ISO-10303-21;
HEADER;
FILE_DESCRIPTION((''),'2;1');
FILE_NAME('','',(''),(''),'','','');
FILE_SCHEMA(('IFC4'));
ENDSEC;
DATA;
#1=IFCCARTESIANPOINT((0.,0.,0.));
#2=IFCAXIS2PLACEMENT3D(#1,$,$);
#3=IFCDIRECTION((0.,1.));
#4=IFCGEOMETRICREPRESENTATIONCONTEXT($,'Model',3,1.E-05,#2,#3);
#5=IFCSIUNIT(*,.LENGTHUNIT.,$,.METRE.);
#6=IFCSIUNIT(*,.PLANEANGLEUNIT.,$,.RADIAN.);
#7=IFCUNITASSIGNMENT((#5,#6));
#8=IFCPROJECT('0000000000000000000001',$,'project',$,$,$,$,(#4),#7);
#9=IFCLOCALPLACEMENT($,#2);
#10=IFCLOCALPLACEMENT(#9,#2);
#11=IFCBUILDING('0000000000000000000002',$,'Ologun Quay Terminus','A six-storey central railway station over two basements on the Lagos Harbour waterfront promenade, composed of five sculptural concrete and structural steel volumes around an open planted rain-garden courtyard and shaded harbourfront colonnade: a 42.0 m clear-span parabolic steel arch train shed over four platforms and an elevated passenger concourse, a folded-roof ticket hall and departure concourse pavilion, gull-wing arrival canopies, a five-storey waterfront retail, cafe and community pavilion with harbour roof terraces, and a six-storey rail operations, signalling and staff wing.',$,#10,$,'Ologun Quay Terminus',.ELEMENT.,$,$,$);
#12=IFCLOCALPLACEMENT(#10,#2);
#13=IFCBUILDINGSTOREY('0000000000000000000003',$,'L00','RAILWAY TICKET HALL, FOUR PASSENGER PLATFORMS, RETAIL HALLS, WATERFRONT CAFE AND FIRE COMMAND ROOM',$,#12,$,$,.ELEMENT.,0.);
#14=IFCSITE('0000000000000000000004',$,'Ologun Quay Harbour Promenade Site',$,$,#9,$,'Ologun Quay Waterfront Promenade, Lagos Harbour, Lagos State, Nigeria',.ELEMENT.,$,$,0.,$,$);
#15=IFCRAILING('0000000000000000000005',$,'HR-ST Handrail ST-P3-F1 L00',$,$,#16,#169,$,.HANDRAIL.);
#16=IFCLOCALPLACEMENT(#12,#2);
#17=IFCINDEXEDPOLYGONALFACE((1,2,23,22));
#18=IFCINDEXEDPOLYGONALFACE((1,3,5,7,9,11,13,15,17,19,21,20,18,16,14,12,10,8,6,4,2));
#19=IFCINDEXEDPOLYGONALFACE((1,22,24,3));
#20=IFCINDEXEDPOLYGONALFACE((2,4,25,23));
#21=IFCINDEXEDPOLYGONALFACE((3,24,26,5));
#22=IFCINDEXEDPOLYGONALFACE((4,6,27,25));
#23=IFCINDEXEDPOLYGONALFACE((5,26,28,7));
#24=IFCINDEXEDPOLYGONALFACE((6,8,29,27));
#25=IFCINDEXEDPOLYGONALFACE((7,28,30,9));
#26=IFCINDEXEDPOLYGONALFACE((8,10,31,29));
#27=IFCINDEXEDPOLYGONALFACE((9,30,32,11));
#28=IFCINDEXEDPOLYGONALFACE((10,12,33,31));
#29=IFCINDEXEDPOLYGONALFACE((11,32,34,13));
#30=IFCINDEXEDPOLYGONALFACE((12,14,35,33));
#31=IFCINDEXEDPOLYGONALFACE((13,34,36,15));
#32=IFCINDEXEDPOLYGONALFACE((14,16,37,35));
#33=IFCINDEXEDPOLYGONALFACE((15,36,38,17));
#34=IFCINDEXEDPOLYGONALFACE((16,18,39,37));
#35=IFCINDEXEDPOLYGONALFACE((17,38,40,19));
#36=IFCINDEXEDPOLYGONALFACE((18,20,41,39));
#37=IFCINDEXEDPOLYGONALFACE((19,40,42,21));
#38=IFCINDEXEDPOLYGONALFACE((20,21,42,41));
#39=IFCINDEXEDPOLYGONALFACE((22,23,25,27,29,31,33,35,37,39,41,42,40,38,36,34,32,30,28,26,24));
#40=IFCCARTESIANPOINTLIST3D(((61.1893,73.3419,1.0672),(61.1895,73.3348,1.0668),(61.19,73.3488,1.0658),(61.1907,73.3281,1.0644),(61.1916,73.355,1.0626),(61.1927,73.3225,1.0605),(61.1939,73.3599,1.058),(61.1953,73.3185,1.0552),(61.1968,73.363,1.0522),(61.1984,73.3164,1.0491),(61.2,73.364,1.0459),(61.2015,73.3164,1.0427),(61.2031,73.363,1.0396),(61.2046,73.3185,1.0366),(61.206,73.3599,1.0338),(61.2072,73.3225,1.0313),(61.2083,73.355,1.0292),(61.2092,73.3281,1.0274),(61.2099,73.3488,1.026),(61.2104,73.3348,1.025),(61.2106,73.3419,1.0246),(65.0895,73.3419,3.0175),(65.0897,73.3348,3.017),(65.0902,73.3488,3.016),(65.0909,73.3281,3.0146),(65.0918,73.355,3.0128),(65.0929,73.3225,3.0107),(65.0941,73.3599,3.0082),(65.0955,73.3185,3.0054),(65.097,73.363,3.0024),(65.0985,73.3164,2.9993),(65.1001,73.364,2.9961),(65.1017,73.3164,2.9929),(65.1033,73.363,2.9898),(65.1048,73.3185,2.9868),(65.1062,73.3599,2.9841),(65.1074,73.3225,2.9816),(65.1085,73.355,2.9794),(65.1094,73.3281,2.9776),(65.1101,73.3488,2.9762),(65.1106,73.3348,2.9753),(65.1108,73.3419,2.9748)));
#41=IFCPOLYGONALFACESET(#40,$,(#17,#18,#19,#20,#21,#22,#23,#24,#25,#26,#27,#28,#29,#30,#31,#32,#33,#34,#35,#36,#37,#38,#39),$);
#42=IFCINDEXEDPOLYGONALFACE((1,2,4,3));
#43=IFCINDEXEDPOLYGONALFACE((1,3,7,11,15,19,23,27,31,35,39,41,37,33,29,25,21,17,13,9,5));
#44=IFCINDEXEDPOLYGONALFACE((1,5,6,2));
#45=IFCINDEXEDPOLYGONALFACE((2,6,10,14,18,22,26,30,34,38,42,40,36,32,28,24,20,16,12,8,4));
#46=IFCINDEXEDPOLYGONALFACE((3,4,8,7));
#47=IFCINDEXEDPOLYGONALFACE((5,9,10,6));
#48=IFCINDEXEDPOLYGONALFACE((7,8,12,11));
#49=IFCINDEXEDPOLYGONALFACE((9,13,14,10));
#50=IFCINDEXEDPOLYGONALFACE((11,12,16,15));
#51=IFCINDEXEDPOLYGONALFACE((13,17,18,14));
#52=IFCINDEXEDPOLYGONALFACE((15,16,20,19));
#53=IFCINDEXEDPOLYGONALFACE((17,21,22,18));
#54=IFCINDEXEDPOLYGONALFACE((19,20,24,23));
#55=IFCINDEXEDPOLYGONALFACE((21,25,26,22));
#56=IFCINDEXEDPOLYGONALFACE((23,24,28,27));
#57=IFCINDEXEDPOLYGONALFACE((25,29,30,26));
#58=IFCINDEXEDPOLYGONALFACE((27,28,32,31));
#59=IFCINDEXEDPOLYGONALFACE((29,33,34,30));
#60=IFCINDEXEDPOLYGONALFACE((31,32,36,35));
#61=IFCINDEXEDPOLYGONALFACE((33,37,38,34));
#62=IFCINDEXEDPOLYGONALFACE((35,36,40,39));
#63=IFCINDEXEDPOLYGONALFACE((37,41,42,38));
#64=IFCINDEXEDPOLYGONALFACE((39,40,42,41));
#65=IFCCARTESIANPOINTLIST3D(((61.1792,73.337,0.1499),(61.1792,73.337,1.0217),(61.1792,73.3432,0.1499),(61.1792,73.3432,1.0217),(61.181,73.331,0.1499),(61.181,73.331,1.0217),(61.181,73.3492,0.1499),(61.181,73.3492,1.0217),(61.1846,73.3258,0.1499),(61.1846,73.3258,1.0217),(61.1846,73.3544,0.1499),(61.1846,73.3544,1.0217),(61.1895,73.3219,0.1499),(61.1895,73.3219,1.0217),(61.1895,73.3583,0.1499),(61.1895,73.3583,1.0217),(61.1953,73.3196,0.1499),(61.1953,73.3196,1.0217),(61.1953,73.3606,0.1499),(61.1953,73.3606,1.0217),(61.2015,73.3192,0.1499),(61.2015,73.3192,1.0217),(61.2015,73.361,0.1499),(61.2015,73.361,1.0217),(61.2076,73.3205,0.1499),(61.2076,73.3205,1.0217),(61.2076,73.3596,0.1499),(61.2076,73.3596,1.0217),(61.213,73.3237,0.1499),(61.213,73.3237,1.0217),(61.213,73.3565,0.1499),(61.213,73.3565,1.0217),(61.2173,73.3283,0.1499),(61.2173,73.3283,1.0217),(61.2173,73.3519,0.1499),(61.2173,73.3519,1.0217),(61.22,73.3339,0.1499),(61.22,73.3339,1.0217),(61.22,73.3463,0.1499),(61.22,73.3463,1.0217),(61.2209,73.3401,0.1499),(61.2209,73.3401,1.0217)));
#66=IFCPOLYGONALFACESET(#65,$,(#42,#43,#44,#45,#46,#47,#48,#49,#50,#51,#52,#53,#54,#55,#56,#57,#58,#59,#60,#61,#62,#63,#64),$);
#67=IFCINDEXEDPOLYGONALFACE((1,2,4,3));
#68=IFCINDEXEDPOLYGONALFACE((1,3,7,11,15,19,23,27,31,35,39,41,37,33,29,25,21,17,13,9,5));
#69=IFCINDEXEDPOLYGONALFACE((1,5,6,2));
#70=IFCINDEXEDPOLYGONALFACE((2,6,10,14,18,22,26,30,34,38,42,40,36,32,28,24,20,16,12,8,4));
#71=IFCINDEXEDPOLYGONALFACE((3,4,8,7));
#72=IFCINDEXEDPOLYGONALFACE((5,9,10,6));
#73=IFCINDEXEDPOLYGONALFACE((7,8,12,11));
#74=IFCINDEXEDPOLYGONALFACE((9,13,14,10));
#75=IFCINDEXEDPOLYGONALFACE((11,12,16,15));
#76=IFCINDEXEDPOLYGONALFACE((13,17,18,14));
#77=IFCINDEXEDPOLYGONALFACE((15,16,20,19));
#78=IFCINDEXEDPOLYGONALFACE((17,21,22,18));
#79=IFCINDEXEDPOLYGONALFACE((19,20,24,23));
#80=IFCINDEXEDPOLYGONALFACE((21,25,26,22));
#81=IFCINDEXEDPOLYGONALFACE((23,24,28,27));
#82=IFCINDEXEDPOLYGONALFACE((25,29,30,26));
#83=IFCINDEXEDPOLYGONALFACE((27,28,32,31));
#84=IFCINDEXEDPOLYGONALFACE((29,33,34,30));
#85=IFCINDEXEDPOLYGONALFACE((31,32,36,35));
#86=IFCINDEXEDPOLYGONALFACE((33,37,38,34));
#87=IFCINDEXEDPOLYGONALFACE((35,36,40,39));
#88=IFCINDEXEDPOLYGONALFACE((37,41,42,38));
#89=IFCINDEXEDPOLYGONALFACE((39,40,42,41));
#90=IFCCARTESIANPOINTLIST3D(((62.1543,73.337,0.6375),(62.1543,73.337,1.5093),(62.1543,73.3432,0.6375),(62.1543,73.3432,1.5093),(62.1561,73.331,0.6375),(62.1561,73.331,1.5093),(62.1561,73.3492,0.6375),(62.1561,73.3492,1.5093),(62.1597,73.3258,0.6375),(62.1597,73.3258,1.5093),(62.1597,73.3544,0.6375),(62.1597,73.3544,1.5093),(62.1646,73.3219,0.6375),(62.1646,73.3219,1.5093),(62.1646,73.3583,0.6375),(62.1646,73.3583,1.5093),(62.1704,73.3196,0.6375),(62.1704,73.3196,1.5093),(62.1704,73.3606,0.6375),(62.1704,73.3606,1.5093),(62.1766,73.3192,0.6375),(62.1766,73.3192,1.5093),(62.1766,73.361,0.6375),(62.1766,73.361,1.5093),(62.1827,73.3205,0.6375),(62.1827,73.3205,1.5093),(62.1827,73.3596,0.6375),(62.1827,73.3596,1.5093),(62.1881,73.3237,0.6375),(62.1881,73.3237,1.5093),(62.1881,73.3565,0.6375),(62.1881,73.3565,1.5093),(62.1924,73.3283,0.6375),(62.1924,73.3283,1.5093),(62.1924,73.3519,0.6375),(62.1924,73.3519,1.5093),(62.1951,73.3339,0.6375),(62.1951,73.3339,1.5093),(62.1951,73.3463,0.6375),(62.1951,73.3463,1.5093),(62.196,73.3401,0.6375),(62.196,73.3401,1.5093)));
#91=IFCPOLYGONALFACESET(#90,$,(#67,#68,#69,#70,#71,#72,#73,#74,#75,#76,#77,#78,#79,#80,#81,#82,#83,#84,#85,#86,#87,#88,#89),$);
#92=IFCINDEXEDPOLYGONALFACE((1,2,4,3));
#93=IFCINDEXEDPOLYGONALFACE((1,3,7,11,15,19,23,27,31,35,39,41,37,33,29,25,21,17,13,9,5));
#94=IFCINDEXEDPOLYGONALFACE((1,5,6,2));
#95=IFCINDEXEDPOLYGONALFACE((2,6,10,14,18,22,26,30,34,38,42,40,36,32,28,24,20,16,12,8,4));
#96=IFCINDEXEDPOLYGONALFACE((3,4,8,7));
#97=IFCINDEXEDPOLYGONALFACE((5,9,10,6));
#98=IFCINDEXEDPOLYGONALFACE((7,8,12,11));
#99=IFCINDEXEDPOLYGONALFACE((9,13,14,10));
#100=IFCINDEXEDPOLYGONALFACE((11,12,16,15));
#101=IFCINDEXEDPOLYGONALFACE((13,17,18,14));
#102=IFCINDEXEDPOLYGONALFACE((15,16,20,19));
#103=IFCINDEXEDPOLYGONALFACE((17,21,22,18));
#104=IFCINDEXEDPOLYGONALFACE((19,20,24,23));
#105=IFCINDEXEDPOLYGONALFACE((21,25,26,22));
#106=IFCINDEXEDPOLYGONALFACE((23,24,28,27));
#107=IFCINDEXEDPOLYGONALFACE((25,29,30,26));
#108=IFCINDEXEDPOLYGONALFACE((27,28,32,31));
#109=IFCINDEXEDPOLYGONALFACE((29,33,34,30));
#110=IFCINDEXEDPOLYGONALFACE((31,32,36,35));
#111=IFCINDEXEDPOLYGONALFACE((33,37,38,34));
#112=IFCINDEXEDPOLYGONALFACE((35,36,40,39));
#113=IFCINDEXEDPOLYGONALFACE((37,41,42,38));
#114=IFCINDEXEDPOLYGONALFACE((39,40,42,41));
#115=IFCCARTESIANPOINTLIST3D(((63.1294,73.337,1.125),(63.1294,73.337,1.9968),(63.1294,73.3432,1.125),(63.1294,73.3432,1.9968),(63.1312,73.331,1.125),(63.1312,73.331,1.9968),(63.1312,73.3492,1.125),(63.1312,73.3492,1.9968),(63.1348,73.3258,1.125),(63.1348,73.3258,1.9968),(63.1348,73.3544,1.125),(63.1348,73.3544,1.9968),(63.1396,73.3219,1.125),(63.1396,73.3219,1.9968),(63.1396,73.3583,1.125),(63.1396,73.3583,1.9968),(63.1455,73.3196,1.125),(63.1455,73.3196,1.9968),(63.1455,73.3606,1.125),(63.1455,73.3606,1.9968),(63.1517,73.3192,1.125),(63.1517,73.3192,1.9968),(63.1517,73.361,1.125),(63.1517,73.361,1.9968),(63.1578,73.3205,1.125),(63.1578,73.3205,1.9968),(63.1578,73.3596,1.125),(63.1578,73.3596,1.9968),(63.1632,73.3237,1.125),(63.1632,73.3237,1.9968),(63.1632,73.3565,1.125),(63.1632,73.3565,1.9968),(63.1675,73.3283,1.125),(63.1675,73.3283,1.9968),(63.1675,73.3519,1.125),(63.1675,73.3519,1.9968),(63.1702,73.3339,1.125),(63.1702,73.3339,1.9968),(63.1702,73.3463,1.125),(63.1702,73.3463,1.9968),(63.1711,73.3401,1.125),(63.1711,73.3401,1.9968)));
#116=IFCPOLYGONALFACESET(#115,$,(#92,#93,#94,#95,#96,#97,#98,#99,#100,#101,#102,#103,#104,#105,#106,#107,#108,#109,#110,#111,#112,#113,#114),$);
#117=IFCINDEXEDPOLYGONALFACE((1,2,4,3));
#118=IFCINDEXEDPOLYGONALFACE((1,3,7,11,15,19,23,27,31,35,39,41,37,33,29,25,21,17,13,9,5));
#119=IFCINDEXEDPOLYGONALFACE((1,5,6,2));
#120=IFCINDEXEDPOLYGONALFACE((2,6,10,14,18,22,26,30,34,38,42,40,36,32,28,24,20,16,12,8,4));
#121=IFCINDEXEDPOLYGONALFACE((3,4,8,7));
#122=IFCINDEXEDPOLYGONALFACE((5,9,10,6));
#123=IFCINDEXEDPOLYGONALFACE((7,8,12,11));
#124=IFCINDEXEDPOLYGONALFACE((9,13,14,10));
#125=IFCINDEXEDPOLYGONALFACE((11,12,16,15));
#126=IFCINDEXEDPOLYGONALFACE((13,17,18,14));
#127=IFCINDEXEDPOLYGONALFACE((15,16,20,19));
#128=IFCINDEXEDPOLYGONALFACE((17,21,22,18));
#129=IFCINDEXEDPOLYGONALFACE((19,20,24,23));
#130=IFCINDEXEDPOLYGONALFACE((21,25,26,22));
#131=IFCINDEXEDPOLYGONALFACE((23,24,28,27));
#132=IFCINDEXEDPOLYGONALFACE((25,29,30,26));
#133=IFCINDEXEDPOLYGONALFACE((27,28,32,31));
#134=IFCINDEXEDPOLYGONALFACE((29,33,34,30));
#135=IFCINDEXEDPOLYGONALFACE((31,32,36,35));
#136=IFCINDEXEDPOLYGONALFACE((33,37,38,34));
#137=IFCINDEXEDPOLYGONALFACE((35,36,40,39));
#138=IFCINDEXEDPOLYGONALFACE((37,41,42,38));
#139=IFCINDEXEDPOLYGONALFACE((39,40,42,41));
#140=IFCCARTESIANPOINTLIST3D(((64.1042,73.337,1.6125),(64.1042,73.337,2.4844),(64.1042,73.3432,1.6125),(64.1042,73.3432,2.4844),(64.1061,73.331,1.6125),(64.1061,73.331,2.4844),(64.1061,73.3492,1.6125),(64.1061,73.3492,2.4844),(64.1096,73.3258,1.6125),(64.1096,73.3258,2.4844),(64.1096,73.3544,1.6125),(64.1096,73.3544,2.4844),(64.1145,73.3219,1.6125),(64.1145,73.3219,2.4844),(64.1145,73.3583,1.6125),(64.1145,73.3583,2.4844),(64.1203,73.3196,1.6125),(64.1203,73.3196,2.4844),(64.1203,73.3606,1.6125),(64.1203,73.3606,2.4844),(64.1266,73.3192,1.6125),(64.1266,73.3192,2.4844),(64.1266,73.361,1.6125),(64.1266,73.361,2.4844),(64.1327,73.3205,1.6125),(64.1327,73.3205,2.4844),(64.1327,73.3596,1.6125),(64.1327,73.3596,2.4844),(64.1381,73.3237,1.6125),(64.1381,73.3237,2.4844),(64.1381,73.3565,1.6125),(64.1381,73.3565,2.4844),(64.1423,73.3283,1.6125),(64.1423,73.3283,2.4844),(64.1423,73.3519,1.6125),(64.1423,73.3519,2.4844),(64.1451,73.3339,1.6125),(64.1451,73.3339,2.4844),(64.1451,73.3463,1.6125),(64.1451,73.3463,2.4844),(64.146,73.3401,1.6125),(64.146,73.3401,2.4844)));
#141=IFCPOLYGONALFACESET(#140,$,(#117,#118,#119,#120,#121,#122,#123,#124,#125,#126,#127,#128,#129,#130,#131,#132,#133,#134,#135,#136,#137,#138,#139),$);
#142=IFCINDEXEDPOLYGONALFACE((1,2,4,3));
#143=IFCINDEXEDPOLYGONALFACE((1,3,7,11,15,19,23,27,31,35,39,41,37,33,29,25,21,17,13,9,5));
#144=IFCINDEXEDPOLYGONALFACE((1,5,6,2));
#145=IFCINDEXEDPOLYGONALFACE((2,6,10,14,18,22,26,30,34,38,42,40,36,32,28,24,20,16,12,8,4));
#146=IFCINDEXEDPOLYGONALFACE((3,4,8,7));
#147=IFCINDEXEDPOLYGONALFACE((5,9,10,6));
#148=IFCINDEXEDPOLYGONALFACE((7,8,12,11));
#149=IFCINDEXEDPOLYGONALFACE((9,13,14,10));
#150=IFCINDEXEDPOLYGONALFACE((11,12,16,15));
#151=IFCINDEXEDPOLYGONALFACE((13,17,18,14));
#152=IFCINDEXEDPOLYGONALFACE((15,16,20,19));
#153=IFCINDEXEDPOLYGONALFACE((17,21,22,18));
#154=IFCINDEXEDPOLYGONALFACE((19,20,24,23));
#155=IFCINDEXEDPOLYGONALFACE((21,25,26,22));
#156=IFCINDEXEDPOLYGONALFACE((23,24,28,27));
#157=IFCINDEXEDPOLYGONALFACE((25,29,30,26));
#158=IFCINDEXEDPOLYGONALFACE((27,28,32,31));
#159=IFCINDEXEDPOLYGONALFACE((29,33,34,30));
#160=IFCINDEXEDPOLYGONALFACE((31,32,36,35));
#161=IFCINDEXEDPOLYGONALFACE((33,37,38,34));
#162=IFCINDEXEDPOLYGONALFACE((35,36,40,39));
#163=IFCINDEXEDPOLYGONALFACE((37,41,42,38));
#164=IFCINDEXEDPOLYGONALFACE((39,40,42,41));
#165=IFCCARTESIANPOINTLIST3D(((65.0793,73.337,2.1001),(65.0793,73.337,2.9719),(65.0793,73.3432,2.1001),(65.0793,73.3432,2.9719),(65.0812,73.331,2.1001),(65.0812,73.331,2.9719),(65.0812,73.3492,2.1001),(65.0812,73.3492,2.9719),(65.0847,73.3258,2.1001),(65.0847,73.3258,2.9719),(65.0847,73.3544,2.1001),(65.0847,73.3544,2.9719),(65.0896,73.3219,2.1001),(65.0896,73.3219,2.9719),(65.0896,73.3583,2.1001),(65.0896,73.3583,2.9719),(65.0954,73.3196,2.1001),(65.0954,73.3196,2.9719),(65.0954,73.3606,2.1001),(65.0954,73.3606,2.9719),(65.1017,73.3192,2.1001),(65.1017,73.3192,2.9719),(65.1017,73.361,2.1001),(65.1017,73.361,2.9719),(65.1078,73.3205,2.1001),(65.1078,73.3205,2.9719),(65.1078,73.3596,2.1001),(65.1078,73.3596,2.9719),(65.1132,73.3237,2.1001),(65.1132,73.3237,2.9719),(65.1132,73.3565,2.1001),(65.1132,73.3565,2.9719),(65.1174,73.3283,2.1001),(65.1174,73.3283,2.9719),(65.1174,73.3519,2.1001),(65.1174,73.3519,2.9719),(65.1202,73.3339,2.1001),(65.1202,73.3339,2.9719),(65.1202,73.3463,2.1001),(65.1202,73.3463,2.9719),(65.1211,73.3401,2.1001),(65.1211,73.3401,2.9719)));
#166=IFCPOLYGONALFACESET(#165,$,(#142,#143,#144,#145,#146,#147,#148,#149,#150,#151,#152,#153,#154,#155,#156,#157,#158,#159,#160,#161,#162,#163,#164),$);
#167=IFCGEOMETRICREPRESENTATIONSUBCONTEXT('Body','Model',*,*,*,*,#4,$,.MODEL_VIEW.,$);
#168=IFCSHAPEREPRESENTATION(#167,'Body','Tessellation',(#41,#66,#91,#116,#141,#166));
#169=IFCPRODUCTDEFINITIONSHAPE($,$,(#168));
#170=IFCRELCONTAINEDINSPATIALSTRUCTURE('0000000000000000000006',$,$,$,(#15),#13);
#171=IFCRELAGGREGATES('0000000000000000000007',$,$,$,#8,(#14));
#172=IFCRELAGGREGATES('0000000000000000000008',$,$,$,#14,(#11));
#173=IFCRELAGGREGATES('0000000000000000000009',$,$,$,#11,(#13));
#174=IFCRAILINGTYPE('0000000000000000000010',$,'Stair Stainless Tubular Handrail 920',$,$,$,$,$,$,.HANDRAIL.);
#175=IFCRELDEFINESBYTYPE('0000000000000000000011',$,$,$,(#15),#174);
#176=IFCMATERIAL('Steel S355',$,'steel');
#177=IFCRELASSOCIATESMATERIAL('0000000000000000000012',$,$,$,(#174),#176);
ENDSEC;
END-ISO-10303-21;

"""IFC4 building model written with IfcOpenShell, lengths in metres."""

from ifc_helpers import new_model, si_unit, direction, frame, origin, origin_2d, place, context, subcontext, project, spatial, circle, extrude, material, type_object, element, save


model = new_model("IFC4")

# Units and contexts
model_context = context("Model", 3, precision=1e-05, world=origin(), true_north=direction((0.0, 1.0)))
body_context = subcontext(model_context, "Body", "Model", "MODEL_VIEW")
ifc_project = project(units=[si_unit("LENGTHUNIT", "METRE"), si_unit("PLANEANGLEUNIT", "RADIAN")], contexts=[model_context])

# Site, building, storey
site_placement = place(None, origin())
site = spatial("IfcSite", under=ifc_project, at=site_placement, Name="Ologun Quay Harbour Promenade Site", LongName="Ologun Quay Waterfront Promenade, Lagos Harbour, Lagos State, Nigeria", CompositionType="ELEMENT", RefElevation=0.0)
building_placement = place(site_placement, origin())
building = spatial("IfcBuilding", under=site, at=building_placement, Name="Ologun Quay Terminus", Description="A six-storey central railway station over two basements on the Lagos Harbour waterfront promenade, composed of five sculptural concrete and structural steel volumes around an open planted rain-garden courtyard and shaded harbourfront colonnade: a 42.0 m clear-span parabolic steel arch train shed over four platforms and an elevated passenger concourse, a folded-roof ticket hall and departure concourse pavilion, gull-wing arrival canopies, a five-storey waterfront retail, cafe and community pavilion with harbour roof terraces, and a six-storey rail operations, signalling and staff wing.", LongName="Ologun Quay Terminus", CompositionType="ELEMENT")
storey_placement = place(building_placement, origin())
storey = spatial("IfcBuildingStorey", under=building, at=storey_placement, Name="L00", Description="RAILWAY TICKET HALL, FOUR PASSENGER PLATFORMS, RETAIL HALLS, WATERFRONT CAFE AND FIRE COMMAND ROOM", CompositionType="ELEMENT", Elevation=0.0)

# Railing
ifc_material_1 = material(Name="Steel S355", Category="steel")
railing_type_1 = type_object("IfcRailingType", Name="Stair Stainless Tubular Handrail 920", PredefinedType="HANDRAIL", material=ifc_material_1)
railing_1_placement = place(storey_placement, frame((61.2, 73.3401, 0.1499)))
element("IfcRailing", 1, at=railing_1_placement, inside=storey, type_object=railing_type_1, Name="HR-ST Handrail ST-P3-F1 L00", PredefinedType="HANDRAIL", context=body_context, shape_type="SweptSolid", body=[
    extrude(circle(Radius=0.0239, at=origin_2d()), frame((0.0, 0.0, 0.896), z_axis=(0.894416, 0.0, 0.447236), x_axis=(0.0, 1.0, 0.0)), (0.0, 0.0, 1.0), 4.3606),
    extrude(circle(Radius=0.021, at=origin_2d()), origin(), (0.0, 0.0, 1.0), 0.8718),
    extrude(circle(Radius=0.021, at=origin_2d()), frame((0.9751, 0.0, 0.4875)), (0.0, 0.0, 1.0), 0.8718),
    extrude(circle(Radius=0.021, at=origin_2d()), frame((1.9502, 0.0, 0.9751)), (0.0, 0.0, 1.0), 0.8718),
    extrude(circle(Radius=0.021, at=origin_2d()), frame((2.925, 0.0, 1.4626)), (0.0, 0.0, 1.0), 0.8718),
    extrude(circle(Radius=0.021, at=origin_2d()), frame((3.9001, 0.0, 1.9502)), (0.0, 0.0, 1.0), 0.8718),
])

save(model, "model.ifc")
